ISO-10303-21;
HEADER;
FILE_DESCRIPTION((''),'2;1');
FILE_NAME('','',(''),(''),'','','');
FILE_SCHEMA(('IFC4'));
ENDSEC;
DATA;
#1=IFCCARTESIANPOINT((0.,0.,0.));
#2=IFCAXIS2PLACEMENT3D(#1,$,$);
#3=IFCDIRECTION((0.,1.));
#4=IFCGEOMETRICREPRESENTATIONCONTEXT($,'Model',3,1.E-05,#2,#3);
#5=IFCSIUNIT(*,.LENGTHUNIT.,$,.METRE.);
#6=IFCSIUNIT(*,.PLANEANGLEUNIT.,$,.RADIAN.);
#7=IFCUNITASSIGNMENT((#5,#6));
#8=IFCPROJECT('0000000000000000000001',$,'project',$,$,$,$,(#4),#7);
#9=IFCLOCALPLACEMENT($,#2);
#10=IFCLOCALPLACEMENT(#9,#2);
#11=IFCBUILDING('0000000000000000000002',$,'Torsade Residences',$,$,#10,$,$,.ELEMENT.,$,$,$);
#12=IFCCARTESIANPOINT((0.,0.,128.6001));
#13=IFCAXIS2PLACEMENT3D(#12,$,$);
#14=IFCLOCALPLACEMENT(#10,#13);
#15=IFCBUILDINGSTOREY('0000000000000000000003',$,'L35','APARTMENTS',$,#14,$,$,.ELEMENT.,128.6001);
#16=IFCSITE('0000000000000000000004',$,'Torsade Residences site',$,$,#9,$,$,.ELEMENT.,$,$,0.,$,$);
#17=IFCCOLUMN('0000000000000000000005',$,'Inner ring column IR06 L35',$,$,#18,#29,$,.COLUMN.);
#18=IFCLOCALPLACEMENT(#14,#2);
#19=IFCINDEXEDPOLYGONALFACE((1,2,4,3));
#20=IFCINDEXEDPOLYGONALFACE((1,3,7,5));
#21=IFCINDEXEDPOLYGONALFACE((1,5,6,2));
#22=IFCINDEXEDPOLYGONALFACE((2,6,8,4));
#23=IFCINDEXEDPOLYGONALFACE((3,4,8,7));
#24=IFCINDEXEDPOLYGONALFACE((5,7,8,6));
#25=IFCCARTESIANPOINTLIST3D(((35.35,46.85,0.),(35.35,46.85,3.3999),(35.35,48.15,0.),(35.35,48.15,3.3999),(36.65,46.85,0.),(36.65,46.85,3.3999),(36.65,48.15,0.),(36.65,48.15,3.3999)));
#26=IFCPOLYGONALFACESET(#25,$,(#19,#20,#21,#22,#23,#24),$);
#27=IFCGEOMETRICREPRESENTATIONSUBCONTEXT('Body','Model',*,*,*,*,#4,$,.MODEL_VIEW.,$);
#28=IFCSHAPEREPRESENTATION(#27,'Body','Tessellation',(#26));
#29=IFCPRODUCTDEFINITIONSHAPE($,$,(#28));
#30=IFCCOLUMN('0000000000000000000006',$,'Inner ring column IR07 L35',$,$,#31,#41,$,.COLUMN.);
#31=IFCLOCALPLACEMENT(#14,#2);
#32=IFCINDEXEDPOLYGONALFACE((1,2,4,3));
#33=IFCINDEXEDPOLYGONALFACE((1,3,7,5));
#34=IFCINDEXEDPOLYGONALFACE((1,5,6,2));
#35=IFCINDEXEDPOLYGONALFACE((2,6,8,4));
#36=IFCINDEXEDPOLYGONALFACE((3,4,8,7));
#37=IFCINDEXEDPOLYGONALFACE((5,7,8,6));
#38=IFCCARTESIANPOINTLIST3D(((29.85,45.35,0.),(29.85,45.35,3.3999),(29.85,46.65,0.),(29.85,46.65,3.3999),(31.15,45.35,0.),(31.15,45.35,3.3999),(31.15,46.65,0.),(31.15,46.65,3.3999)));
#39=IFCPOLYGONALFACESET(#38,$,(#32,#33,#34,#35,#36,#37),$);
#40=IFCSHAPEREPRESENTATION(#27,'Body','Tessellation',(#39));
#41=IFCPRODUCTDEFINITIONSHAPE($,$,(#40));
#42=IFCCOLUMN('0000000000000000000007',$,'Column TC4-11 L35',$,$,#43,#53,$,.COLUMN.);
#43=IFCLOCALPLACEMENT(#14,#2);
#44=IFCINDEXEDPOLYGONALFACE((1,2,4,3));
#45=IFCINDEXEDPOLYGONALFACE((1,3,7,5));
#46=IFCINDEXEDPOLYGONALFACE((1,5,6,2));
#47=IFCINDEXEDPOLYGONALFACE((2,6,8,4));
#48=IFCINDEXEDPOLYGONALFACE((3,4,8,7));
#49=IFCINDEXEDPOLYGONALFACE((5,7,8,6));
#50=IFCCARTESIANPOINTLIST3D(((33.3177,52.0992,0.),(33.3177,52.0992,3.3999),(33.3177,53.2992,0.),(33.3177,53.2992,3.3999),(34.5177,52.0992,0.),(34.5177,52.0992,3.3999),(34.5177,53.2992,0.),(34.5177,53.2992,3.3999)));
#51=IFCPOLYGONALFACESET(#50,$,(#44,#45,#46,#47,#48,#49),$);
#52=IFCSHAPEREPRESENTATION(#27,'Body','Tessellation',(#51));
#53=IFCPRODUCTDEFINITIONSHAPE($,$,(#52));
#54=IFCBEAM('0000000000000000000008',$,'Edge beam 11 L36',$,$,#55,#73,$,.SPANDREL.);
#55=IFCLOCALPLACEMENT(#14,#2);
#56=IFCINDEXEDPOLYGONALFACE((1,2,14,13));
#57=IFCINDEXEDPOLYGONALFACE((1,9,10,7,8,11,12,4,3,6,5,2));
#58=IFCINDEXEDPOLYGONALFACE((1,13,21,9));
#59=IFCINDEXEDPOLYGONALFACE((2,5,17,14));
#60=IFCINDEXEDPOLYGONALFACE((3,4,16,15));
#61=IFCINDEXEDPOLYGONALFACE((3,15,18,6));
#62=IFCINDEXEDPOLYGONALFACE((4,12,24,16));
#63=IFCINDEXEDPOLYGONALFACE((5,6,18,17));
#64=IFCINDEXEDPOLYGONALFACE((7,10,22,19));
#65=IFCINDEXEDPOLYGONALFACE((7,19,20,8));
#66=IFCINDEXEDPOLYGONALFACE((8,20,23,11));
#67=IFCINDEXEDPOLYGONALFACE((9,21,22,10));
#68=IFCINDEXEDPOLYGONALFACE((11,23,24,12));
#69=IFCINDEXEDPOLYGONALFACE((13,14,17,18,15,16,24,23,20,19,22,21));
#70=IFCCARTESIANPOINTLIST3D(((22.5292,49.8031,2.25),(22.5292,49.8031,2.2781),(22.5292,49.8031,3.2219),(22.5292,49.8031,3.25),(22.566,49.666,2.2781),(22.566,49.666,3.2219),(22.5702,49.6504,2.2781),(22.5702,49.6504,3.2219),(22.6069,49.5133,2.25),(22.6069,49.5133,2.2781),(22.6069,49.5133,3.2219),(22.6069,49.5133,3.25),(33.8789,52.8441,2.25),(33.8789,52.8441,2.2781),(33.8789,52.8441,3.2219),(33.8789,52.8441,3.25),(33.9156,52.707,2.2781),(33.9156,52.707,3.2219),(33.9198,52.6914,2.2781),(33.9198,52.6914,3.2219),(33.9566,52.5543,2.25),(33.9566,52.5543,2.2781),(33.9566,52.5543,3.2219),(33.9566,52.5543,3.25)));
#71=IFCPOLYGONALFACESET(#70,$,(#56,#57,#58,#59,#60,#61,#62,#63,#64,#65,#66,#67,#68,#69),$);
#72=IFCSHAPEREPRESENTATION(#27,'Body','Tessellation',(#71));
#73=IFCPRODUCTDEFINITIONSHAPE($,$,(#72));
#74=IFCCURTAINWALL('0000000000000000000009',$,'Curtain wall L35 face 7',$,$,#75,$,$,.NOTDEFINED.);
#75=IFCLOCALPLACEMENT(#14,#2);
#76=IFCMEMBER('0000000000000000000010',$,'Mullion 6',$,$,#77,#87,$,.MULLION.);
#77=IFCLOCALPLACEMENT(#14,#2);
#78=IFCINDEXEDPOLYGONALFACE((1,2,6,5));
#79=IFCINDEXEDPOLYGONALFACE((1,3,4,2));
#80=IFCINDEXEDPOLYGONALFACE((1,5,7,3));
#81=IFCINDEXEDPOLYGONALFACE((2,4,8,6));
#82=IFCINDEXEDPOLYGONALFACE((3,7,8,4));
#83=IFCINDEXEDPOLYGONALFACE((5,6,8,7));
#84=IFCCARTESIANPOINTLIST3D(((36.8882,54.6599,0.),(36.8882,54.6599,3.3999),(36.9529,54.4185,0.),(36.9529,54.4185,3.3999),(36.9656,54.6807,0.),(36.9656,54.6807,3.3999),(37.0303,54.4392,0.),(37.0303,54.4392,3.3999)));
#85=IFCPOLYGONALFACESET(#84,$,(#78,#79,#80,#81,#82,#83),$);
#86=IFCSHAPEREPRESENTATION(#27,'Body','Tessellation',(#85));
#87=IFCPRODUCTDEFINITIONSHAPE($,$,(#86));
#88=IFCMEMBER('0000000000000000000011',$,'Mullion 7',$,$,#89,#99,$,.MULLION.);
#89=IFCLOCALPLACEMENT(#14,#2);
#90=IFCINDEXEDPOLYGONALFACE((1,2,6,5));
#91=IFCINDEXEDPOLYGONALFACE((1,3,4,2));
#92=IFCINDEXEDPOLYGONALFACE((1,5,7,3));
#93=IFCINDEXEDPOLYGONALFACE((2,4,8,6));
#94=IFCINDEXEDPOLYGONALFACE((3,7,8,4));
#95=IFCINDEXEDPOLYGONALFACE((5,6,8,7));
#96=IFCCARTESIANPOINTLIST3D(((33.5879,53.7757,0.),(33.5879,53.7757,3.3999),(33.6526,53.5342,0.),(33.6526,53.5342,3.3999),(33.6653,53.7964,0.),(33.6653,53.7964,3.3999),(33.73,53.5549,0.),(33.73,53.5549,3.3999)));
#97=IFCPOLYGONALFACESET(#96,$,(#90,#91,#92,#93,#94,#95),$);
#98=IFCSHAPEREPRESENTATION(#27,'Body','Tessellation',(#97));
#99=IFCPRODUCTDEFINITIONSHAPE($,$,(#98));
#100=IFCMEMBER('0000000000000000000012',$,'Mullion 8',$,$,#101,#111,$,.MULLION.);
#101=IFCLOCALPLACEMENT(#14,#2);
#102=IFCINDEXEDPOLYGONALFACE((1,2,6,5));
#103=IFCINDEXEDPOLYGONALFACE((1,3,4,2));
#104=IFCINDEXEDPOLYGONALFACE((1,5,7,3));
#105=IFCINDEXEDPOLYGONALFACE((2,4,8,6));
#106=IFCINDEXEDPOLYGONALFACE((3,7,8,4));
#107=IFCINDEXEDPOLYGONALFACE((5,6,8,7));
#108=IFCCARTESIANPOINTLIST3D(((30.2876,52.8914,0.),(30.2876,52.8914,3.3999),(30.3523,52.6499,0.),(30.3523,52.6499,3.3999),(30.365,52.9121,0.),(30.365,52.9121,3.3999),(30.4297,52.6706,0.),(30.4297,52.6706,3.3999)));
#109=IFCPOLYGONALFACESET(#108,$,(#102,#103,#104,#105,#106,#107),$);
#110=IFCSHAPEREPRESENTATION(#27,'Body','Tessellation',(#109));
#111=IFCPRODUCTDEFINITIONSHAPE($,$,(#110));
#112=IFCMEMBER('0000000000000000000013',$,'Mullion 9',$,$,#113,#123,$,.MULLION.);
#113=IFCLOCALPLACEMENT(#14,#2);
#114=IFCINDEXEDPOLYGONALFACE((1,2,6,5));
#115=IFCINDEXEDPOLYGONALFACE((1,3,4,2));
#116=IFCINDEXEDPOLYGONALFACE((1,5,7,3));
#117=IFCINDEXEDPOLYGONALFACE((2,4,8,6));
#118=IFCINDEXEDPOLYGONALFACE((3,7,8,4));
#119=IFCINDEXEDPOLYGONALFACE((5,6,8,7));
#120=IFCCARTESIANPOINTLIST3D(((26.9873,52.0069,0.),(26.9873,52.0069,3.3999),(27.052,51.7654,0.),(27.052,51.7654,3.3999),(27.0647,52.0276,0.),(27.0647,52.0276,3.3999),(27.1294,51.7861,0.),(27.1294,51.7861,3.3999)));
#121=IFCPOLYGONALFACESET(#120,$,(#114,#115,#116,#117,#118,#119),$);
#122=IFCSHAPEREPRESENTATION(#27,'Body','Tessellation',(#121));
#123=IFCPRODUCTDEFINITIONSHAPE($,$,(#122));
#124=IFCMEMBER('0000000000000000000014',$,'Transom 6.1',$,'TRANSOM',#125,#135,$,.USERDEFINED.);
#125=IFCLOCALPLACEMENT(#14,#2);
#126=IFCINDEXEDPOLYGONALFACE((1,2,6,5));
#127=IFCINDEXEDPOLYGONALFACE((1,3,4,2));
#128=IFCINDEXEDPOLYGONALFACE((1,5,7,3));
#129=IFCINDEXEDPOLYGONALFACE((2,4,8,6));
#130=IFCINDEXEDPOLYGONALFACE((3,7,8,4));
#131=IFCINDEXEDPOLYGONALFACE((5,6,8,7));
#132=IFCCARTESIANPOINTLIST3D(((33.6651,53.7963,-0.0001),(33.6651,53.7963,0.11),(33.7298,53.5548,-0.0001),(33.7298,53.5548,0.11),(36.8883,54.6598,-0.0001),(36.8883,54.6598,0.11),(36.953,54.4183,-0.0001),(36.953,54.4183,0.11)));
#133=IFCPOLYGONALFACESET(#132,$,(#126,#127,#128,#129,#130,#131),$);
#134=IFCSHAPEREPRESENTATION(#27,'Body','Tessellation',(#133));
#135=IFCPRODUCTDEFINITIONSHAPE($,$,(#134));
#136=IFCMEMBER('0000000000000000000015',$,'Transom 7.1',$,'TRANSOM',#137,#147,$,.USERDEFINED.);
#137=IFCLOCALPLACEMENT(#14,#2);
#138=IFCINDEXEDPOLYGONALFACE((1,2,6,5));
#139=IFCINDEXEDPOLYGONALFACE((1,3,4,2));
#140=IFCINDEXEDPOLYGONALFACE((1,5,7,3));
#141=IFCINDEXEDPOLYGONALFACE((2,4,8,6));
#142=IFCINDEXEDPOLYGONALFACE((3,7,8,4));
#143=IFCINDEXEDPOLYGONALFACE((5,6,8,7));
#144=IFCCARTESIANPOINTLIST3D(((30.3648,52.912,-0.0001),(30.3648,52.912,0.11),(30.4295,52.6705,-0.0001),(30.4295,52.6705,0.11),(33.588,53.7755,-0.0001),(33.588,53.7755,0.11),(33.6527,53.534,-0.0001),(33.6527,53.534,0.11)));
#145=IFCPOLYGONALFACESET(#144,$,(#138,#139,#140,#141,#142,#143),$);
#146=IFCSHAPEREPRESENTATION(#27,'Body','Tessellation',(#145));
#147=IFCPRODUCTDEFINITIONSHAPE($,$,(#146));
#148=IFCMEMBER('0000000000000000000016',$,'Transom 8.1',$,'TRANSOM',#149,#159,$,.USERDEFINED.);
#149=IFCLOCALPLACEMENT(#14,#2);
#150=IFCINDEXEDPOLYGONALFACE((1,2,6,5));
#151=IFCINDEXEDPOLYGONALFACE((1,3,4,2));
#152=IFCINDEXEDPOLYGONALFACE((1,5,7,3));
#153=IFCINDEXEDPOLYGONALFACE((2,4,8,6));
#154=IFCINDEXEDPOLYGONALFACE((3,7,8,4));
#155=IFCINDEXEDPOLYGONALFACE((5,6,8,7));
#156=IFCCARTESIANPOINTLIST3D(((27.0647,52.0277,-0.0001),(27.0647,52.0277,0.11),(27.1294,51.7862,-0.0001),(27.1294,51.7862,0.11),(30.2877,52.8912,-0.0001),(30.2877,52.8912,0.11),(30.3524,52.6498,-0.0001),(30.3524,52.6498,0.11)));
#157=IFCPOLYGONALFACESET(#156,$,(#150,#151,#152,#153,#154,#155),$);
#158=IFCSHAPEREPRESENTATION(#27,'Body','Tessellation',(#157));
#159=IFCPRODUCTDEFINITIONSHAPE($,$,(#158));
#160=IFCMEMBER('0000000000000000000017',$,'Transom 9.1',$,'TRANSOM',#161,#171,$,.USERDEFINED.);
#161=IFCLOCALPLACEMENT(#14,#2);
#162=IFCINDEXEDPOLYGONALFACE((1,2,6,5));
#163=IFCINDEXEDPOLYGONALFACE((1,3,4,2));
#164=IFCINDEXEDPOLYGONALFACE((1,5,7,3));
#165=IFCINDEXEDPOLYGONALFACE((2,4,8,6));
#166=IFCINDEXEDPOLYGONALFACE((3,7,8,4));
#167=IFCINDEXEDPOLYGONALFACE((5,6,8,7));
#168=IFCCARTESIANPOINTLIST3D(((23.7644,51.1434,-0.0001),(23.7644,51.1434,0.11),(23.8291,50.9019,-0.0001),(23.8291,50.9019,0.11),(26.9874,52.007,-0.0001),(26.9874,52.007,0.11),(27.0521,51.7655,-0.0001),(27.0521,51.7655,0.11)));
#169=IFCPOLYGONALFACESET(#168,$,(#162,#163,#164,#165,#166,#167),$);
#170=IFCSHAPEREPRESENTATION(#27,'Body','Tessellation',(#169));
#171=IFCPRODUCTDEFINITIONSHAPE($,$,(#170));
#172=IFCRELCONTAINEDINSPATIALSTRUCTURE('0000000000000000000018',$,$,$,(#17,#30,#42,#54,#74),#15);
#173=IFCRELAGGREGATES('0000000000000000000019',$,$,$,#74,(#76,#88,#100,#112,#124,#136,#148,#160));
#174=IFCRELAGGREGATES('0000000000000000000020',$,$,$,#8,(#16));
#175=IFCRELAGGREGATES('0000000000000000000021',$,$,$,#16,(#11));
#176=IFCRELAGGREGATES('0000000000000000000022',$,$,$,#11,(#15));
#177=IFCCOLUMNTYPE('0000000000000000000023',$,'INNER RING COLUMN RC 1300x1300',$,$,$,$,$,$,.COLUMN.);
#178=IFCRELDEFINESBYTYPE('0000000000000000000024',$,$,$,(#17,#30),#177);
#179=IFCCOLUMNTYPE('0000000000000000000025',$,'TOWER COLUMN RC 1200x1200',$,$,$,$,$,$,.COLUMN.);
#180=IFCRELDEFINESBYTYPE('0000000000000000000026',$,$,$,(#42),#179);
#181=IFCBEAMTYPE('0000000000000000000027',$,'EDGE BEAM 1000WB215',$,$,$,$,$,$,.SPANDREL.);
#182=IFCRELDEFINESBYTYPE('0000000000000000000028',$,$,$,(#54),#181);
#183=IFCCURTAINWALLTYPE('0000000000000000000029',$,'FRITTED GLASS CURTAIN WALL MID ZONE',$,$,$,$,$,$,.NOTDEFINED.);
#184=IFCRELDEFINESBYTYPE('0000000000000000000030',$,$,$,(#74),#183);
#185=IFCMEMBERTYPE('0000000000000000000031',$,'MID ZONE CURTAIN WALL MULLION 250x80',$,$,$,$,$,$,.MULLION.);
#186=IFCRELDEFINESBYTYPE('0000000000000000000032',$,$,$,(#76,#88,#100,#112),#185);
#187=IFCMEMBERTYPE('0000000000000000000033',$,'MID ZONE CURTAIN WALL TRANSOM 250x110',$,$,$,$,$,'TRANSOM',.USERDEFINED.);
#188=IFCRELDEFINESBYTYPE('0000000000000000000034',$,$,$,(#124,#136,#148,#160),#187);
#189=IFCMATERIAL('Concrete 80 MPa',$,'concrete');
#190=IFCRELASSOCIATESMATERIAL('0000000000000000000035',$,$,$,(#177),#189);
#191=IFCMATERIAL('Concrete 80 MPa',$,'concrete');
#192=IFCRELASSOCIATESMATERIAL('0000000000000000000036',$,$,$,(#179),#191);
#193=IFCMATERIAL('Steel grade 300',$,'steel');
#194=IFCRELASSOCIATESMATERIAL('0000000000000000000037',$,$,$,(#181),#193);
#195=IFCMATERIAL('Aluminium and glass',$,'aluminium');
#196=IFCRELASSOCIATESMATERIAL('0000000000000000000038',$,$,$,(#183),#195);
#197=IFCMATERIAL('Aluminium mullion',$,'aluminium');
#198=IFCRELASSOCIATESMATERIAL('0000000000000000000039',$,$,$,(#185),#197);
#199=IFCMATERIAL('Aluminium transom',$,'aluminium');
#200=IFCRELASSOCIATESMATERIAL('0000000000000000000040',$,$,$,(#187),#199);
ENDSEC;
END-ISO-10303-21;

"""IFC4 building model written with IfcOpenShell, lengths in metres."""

from ifc_helpers import new_model, si_unit, direction, frame, origin, origin_2d, place, context, subcontext, project, spatial, rectangle, i_section, extrude, material, material_profile, profile_set, type_object, element, aggregate, save


model = new_model("IFC4")

# Units and contexts
model_context = context("Model", 3, precision=1e-05, world=origin(), true_north=direction((0.0, 1.0)))
body_context = subcontext(model_context, "Body", "Model", "MODEL_VIEW")
ifc_project = project(units=[si_unit("LENGTHUNIT", "METRE"), si_unit("PLANEANGLEUNIT", "RADIAN")], contexts=[model_context])

# Site, building, storey
site_placement = place(None, origin())
site = spatial("IfcSite", under=ifc_project, at=site_placement, Name="Torsade Residences site", CompositionType="ELEMENT", RefElevation=0.0)
building_placement = place(site_placement, origin())
building = spatial("IfcBuilding", under=site, at=building_placement, Name="Torsade Residences", CompositionType="ELEMENT")
storey_placement = place(building_placement, frame((0.0, 0.0, 128.6001)))
storey = spatial("IfcBuildingStorey", under=building, at=storey_placement, Name="L35", Description="APARTMENTS", CompositionType="ELEMENT", Elevation=128.6001)

# Columns
ifc_material_1 = material(Name="Concrete 80 MPa", Category="concrete")
ifc_material_profile_1 = material_profile(ifc_material_1, rectangle(XDim=1.3, YDim=1.3, at=origin_2d()), Name="RC 1300x1300")
ifc_profile_set_1 = profile_set([ifc_material_profile_1], Name="Concrete 80 MPa")
column_type_1 = type_object("IfcColumnType", Name="INNER RING COLUMN RC 1300x1300", PredefinedType="COLUMN", material=ifc_profile_set_1)
for number, where, z_axis, x_axis, name in (
    (1, (36.0, 47.5, 0.0), (0.0, 0.0, 1.0), (1.0, 0.0, 0.0), "Inner ring column IR06 L35"),
    (2, (30.5, 46.0, 0.0), (0.0, 0.0, 1.0), (1.0, 0.0, 0.0), "Inner ring column IR07 L35"),
):
    element("IfcColumn", number, at=place(storey_placement, frame(where, z_axis=z_axis, x_axis=x_axis)), inside=storey, type_object=column_type_1, Name=name, PredefinedType="COLUMN", context=body_context, shape_type="SweptSolid", body=[
        extrude(rectangle(XDim=1.3, YDim=1.3, at=origin_2d()), origin(), (0.0, 0.0, 1.0), 3.3999),
    ])
ifc_material_2 = material(Name="Concrete 80 MPa", Category="concrete")
ifc_material_profile_2 = material_profile(ifc_material_2, rectangle(XDim=1.2, YDim=1.2, at=origin_2d()), Name="RC 1200x1200")
ifc_profile_set_2 = profile_set([ifc_material_profile_2], Name="Concrete 80 MPa")
column_type_2 = type_object("IfcColumnType", Name="TOWER COLUMN RC 1200x1200", PredefinedType="COLUMN", material=ifc_profile_set_2)
column_placement = place(storey_placement, frame((33.9177, 52.6992, 0.0), z_axis=(0.0, 0.0, 1.0), x_axis=(1.0, 0.0, 0.0)))
element("IfcColumn", 3, at=column_placement, inside=storey, type_object=column_type_2, Name="Column TC4-11 L35", PredefinedType="COLUMN", context=body_context, shape_type="SweptSolid", body=[
    extrude(rectangle(XDim=1.2, YDim=1.2, at=origin_2d()), origin(), (0.0, 0.0, 1.0), 3.3999),
])

# Beam
ifc_material_3 = material(Name="Steel grade 300", Category="steel")
ifc_material_profile_3 = material_profile(ifc_material_3, i_section(OverallWidth=0.3, OverallDepth=1.0, WebThickness=0.0161, FlangeThickness=0.0281, at=origin_2d()), Name="1000WB215")
ifc_profile_set_3 = profile_set([ifc_material_profile_3], Name="Steel grade 300")
beam_type_1 = type_object("IfcBeamType", Name="EDGE BEAM 1000WB215", PredefinedType="SPANDREL", material=ifc_profile_set_3)
beam_1_placement = place(storey_placement, frame((33.9177, 52.6992, 2.75), z_axis=(-0.965928, -0.258811, 0.0), x_axis=(0.258811, -0.965928, 0.0)))
element("IfcBeam", 4, at=beam_1_placement, inside=storey, type_object=beam_type_1, Name="Edge beam 11 L36", PredefinedType="SPANDREL", context=body_context, shape_type="SweptSolid", body=[
    extrude(i_section(OverallWidth=0.3, OverallDepth=1.0, WebThickness=0.0161, FlangeThickness=0.0281, at=origin_2d()), origin(), (0.0, 0.0, 1.0), 11.75),
])

# Curtain wall, members
ifc_material_4 = material(Name="Aluminium and glass", Category="aluminium")
curtain_wall_type = type_object("IfcCurtainWallType", Name="FRITTED GLASS CURTAIN WALL MID ZONE", PredefinedType="NOTDEFINED", material=ifc_material_4)
curtain_wall_placement = place(storey_placement, origin())
curtain_wall = element("IfcCurtainWall", 5, at=curtain_wall_placement, inside=storey, type_object=curtain_wall_type, Name="Curtain wall L35 face 7", PredefinedType="NOTDEFINED")
ifc_material_5 = material(Name="Aluminium mullion", Category="aluminium")
ifc_material_profile_4 = material_profile(ifc_material_5, rectangle(XDim=0.25, YDim=0.0801, at=origin_2d()), Name="MID ZONE CURTAIN WALL MULLION 250x80")
ifc_profile_set_4 = profile_set([ifc_material_profile_4], Name="Aluminium mullion")
member_type_1 = type_object("IfcMemberType", Name="MID ZONE CURTAIN WALL MULLION 250x80", PredefinedType="MULLION", material=ifc_profile_set_4)
member_1_placement = place(storey_placement, frame((36.9592, 54.5496, 0.0), z_axis=(0.0, 0.0, 1.0), x_axis=(0.258819, -0.965926, 0.0)))
member_1 = element("IfcMember", 6, at=member_1_placement, type_object=member_type_1, Name="Mullion 6", PredefinedType="MULLION", context=body_context, shape_type="SweptSolid", body=[
    extrude(rectangle(XDim=0.25, YDim=0.0801, at=origin_2d()), origin(), (0.0, 0.0, 1.0), 3.3999),
])
member_2_placement = place(storey_placement, frame((33.6589, 53.6653, 0.0), z_axis=(0.0, 0.0, 1.0), x_axis=(0.258819, -0.965926, 0.0)))
member_2 = element("IfcMember", 7, at=member_2_placement, type_object=member_type_1, Name="Mullion 7", PredefinedType="MULLION", context=body_context, shape_type="SweptSolid", body=[
    extrude(rectangle(XDim=0.25, YDim=0.0801, at=origin_2d()), origin(), (0.0, 0.0, 1.0), 3.3999),
])
member_3_placement = place(storey_placement, frame((30.3586, 52.781, 0.0), z_axis=(0.0, 0.0, 1.0), x_axis=(0.258819, -0.965926, 0.0)))
member_3 = element("IfcMember", 8, at=member_3_placement, type_object=member_type_1, Name="Mullion 8", PredefinedType="MULLION", context=body_context, shape_type="SweptSolid", body=[
    extrude(rectangle(XDim=0.25, YDim=0.0801, at=origin_2d()), origin(), (0.0, 0.0, 1.0), 3.3999),
])
member_4_placement = place(storey_placement, frame((27.0583, 51.8965, 0.0), z_axis=(0.0, 0.0, 1.0), x_axis=(0.258819, -0.965926, 0.0)))
member_4 = element("IfcMember", 9, at=member_4_placement, type_object=member_type_1, Name="Mullion 9", PredefinedType="MULLION", context=body_context, shape_type="SweptSolid", body=[
    extrude(rectangle(XDim=0.25, YDim=0.0801, at=origin_2d()), origin(), (0.0, 0.0, 1.0), 3.3999),
])
ifc_material_6 = material(Name="Aluminium transom", Category="aluminium")
ifc_material_profile_5 = material_profile(ifc_material_6, rectangle(XDim=0.25, YDim=0.1101, at=origin_2d()), Name="MID ZONE CURTAIN WALL TRANSOM 250x110")
ifc_profile_set_5 = profile_set([ifc_material_profile_5], Name="Aluminium transom")
member_type_2 = type_object("IfcMemberType", Name="MID ZONE CURTAIN WALL TRANSOM 250x110", ElementType="TRANSOM", PredefinedType="USERDEFINED", material=ifc_profile_set_5)
member_5_placement = place(storey_placement, frame((36.9207, 54.5391, 0.0549), z_axis=(-0.965934, -0.258787, 0.0), x_axis=(0.258787, -0.965934, 0.0)))
member_5 = element("IfcMember", 10, at=member_5_placement, type_object=member_type_2, Name="Transom 6.1", ObjectType="TRANSOM", PredefinedType="USERDEFINED", context=body_context, shape_type="SweptSolid", body=[
    extrude(rectangle(XDim=0.25, YDim=0.1101, at=origin_2d()), origin(), (0.0, 0.0, 1.0), 3.3369),
])
member_6_placement = place(storey_placement, frame((33.6204, 53.6548, 0.0549), z_axis=(-0.965934, -0.258787, 0.0), x_axis=(0.258787, -0.965934, 0.0)))
member_6 = element("IfcMember", 11, at=member_6_placement, type_object=member_type_2, Name="Transom 7.1", ObjectType="TRANSOM", PredefinedType="USERDEFINED", context=body_context, shape_type="SweptSolid", body=[
    extrude(rectangle(XDim=0.25, YDim=0.1101, at=origin_2d()), origin(), (0.0, 0.0, 1.0), 3.3369),
])
member_7_placement = place(storey_placement, frame((30.3201, 52.7705, 0.0549), z_axis=(-0.965929, -0.258806, 0.0), x_axis=(0.258806, -0.965929, 0.0)))
member_7 = element("IfcMember", 12, at=member_7_placement, type_object=member_type_2, Name="Transom 8.1", ObjectType="TRANSOM", PredefinedType="USERDEFINED", context=body_context, shape_type="SweptSolid", body=[
    extrude(rectangle(XDim=0.25, YDim=0.1101, at=origin_2d()), origin(), (0.0, 0.0, 1.0), 3.3367),
])
member_8_placement = place(storey_placement, frame((27.0198, 51.8862, 0.0549), z_axis=(-0.965929, -0.258806, 0.0), x_axis=(0.258806, -0.965929, 0.0)))
member_8 = element("IfcMember", 13, at=member_8_placement, type_object=member_type_2, Name="Transom 9.1", ObjectType="TRANSOM", PredefinedType="USERDEFINED", context=body_context, shape_type="SweptSolid", body=[
    extrude(rectangle(XDim=0.25, YDim=0.1101, at=origin_2d()), origin(), (0.0, 0.0, 1.0), 3.3367),
])

aggregate(curtain_wall, [member_1, member_2, member_3, member_4, member_5, member_6, member_7, member_8])

save(model, "model.ifc")
